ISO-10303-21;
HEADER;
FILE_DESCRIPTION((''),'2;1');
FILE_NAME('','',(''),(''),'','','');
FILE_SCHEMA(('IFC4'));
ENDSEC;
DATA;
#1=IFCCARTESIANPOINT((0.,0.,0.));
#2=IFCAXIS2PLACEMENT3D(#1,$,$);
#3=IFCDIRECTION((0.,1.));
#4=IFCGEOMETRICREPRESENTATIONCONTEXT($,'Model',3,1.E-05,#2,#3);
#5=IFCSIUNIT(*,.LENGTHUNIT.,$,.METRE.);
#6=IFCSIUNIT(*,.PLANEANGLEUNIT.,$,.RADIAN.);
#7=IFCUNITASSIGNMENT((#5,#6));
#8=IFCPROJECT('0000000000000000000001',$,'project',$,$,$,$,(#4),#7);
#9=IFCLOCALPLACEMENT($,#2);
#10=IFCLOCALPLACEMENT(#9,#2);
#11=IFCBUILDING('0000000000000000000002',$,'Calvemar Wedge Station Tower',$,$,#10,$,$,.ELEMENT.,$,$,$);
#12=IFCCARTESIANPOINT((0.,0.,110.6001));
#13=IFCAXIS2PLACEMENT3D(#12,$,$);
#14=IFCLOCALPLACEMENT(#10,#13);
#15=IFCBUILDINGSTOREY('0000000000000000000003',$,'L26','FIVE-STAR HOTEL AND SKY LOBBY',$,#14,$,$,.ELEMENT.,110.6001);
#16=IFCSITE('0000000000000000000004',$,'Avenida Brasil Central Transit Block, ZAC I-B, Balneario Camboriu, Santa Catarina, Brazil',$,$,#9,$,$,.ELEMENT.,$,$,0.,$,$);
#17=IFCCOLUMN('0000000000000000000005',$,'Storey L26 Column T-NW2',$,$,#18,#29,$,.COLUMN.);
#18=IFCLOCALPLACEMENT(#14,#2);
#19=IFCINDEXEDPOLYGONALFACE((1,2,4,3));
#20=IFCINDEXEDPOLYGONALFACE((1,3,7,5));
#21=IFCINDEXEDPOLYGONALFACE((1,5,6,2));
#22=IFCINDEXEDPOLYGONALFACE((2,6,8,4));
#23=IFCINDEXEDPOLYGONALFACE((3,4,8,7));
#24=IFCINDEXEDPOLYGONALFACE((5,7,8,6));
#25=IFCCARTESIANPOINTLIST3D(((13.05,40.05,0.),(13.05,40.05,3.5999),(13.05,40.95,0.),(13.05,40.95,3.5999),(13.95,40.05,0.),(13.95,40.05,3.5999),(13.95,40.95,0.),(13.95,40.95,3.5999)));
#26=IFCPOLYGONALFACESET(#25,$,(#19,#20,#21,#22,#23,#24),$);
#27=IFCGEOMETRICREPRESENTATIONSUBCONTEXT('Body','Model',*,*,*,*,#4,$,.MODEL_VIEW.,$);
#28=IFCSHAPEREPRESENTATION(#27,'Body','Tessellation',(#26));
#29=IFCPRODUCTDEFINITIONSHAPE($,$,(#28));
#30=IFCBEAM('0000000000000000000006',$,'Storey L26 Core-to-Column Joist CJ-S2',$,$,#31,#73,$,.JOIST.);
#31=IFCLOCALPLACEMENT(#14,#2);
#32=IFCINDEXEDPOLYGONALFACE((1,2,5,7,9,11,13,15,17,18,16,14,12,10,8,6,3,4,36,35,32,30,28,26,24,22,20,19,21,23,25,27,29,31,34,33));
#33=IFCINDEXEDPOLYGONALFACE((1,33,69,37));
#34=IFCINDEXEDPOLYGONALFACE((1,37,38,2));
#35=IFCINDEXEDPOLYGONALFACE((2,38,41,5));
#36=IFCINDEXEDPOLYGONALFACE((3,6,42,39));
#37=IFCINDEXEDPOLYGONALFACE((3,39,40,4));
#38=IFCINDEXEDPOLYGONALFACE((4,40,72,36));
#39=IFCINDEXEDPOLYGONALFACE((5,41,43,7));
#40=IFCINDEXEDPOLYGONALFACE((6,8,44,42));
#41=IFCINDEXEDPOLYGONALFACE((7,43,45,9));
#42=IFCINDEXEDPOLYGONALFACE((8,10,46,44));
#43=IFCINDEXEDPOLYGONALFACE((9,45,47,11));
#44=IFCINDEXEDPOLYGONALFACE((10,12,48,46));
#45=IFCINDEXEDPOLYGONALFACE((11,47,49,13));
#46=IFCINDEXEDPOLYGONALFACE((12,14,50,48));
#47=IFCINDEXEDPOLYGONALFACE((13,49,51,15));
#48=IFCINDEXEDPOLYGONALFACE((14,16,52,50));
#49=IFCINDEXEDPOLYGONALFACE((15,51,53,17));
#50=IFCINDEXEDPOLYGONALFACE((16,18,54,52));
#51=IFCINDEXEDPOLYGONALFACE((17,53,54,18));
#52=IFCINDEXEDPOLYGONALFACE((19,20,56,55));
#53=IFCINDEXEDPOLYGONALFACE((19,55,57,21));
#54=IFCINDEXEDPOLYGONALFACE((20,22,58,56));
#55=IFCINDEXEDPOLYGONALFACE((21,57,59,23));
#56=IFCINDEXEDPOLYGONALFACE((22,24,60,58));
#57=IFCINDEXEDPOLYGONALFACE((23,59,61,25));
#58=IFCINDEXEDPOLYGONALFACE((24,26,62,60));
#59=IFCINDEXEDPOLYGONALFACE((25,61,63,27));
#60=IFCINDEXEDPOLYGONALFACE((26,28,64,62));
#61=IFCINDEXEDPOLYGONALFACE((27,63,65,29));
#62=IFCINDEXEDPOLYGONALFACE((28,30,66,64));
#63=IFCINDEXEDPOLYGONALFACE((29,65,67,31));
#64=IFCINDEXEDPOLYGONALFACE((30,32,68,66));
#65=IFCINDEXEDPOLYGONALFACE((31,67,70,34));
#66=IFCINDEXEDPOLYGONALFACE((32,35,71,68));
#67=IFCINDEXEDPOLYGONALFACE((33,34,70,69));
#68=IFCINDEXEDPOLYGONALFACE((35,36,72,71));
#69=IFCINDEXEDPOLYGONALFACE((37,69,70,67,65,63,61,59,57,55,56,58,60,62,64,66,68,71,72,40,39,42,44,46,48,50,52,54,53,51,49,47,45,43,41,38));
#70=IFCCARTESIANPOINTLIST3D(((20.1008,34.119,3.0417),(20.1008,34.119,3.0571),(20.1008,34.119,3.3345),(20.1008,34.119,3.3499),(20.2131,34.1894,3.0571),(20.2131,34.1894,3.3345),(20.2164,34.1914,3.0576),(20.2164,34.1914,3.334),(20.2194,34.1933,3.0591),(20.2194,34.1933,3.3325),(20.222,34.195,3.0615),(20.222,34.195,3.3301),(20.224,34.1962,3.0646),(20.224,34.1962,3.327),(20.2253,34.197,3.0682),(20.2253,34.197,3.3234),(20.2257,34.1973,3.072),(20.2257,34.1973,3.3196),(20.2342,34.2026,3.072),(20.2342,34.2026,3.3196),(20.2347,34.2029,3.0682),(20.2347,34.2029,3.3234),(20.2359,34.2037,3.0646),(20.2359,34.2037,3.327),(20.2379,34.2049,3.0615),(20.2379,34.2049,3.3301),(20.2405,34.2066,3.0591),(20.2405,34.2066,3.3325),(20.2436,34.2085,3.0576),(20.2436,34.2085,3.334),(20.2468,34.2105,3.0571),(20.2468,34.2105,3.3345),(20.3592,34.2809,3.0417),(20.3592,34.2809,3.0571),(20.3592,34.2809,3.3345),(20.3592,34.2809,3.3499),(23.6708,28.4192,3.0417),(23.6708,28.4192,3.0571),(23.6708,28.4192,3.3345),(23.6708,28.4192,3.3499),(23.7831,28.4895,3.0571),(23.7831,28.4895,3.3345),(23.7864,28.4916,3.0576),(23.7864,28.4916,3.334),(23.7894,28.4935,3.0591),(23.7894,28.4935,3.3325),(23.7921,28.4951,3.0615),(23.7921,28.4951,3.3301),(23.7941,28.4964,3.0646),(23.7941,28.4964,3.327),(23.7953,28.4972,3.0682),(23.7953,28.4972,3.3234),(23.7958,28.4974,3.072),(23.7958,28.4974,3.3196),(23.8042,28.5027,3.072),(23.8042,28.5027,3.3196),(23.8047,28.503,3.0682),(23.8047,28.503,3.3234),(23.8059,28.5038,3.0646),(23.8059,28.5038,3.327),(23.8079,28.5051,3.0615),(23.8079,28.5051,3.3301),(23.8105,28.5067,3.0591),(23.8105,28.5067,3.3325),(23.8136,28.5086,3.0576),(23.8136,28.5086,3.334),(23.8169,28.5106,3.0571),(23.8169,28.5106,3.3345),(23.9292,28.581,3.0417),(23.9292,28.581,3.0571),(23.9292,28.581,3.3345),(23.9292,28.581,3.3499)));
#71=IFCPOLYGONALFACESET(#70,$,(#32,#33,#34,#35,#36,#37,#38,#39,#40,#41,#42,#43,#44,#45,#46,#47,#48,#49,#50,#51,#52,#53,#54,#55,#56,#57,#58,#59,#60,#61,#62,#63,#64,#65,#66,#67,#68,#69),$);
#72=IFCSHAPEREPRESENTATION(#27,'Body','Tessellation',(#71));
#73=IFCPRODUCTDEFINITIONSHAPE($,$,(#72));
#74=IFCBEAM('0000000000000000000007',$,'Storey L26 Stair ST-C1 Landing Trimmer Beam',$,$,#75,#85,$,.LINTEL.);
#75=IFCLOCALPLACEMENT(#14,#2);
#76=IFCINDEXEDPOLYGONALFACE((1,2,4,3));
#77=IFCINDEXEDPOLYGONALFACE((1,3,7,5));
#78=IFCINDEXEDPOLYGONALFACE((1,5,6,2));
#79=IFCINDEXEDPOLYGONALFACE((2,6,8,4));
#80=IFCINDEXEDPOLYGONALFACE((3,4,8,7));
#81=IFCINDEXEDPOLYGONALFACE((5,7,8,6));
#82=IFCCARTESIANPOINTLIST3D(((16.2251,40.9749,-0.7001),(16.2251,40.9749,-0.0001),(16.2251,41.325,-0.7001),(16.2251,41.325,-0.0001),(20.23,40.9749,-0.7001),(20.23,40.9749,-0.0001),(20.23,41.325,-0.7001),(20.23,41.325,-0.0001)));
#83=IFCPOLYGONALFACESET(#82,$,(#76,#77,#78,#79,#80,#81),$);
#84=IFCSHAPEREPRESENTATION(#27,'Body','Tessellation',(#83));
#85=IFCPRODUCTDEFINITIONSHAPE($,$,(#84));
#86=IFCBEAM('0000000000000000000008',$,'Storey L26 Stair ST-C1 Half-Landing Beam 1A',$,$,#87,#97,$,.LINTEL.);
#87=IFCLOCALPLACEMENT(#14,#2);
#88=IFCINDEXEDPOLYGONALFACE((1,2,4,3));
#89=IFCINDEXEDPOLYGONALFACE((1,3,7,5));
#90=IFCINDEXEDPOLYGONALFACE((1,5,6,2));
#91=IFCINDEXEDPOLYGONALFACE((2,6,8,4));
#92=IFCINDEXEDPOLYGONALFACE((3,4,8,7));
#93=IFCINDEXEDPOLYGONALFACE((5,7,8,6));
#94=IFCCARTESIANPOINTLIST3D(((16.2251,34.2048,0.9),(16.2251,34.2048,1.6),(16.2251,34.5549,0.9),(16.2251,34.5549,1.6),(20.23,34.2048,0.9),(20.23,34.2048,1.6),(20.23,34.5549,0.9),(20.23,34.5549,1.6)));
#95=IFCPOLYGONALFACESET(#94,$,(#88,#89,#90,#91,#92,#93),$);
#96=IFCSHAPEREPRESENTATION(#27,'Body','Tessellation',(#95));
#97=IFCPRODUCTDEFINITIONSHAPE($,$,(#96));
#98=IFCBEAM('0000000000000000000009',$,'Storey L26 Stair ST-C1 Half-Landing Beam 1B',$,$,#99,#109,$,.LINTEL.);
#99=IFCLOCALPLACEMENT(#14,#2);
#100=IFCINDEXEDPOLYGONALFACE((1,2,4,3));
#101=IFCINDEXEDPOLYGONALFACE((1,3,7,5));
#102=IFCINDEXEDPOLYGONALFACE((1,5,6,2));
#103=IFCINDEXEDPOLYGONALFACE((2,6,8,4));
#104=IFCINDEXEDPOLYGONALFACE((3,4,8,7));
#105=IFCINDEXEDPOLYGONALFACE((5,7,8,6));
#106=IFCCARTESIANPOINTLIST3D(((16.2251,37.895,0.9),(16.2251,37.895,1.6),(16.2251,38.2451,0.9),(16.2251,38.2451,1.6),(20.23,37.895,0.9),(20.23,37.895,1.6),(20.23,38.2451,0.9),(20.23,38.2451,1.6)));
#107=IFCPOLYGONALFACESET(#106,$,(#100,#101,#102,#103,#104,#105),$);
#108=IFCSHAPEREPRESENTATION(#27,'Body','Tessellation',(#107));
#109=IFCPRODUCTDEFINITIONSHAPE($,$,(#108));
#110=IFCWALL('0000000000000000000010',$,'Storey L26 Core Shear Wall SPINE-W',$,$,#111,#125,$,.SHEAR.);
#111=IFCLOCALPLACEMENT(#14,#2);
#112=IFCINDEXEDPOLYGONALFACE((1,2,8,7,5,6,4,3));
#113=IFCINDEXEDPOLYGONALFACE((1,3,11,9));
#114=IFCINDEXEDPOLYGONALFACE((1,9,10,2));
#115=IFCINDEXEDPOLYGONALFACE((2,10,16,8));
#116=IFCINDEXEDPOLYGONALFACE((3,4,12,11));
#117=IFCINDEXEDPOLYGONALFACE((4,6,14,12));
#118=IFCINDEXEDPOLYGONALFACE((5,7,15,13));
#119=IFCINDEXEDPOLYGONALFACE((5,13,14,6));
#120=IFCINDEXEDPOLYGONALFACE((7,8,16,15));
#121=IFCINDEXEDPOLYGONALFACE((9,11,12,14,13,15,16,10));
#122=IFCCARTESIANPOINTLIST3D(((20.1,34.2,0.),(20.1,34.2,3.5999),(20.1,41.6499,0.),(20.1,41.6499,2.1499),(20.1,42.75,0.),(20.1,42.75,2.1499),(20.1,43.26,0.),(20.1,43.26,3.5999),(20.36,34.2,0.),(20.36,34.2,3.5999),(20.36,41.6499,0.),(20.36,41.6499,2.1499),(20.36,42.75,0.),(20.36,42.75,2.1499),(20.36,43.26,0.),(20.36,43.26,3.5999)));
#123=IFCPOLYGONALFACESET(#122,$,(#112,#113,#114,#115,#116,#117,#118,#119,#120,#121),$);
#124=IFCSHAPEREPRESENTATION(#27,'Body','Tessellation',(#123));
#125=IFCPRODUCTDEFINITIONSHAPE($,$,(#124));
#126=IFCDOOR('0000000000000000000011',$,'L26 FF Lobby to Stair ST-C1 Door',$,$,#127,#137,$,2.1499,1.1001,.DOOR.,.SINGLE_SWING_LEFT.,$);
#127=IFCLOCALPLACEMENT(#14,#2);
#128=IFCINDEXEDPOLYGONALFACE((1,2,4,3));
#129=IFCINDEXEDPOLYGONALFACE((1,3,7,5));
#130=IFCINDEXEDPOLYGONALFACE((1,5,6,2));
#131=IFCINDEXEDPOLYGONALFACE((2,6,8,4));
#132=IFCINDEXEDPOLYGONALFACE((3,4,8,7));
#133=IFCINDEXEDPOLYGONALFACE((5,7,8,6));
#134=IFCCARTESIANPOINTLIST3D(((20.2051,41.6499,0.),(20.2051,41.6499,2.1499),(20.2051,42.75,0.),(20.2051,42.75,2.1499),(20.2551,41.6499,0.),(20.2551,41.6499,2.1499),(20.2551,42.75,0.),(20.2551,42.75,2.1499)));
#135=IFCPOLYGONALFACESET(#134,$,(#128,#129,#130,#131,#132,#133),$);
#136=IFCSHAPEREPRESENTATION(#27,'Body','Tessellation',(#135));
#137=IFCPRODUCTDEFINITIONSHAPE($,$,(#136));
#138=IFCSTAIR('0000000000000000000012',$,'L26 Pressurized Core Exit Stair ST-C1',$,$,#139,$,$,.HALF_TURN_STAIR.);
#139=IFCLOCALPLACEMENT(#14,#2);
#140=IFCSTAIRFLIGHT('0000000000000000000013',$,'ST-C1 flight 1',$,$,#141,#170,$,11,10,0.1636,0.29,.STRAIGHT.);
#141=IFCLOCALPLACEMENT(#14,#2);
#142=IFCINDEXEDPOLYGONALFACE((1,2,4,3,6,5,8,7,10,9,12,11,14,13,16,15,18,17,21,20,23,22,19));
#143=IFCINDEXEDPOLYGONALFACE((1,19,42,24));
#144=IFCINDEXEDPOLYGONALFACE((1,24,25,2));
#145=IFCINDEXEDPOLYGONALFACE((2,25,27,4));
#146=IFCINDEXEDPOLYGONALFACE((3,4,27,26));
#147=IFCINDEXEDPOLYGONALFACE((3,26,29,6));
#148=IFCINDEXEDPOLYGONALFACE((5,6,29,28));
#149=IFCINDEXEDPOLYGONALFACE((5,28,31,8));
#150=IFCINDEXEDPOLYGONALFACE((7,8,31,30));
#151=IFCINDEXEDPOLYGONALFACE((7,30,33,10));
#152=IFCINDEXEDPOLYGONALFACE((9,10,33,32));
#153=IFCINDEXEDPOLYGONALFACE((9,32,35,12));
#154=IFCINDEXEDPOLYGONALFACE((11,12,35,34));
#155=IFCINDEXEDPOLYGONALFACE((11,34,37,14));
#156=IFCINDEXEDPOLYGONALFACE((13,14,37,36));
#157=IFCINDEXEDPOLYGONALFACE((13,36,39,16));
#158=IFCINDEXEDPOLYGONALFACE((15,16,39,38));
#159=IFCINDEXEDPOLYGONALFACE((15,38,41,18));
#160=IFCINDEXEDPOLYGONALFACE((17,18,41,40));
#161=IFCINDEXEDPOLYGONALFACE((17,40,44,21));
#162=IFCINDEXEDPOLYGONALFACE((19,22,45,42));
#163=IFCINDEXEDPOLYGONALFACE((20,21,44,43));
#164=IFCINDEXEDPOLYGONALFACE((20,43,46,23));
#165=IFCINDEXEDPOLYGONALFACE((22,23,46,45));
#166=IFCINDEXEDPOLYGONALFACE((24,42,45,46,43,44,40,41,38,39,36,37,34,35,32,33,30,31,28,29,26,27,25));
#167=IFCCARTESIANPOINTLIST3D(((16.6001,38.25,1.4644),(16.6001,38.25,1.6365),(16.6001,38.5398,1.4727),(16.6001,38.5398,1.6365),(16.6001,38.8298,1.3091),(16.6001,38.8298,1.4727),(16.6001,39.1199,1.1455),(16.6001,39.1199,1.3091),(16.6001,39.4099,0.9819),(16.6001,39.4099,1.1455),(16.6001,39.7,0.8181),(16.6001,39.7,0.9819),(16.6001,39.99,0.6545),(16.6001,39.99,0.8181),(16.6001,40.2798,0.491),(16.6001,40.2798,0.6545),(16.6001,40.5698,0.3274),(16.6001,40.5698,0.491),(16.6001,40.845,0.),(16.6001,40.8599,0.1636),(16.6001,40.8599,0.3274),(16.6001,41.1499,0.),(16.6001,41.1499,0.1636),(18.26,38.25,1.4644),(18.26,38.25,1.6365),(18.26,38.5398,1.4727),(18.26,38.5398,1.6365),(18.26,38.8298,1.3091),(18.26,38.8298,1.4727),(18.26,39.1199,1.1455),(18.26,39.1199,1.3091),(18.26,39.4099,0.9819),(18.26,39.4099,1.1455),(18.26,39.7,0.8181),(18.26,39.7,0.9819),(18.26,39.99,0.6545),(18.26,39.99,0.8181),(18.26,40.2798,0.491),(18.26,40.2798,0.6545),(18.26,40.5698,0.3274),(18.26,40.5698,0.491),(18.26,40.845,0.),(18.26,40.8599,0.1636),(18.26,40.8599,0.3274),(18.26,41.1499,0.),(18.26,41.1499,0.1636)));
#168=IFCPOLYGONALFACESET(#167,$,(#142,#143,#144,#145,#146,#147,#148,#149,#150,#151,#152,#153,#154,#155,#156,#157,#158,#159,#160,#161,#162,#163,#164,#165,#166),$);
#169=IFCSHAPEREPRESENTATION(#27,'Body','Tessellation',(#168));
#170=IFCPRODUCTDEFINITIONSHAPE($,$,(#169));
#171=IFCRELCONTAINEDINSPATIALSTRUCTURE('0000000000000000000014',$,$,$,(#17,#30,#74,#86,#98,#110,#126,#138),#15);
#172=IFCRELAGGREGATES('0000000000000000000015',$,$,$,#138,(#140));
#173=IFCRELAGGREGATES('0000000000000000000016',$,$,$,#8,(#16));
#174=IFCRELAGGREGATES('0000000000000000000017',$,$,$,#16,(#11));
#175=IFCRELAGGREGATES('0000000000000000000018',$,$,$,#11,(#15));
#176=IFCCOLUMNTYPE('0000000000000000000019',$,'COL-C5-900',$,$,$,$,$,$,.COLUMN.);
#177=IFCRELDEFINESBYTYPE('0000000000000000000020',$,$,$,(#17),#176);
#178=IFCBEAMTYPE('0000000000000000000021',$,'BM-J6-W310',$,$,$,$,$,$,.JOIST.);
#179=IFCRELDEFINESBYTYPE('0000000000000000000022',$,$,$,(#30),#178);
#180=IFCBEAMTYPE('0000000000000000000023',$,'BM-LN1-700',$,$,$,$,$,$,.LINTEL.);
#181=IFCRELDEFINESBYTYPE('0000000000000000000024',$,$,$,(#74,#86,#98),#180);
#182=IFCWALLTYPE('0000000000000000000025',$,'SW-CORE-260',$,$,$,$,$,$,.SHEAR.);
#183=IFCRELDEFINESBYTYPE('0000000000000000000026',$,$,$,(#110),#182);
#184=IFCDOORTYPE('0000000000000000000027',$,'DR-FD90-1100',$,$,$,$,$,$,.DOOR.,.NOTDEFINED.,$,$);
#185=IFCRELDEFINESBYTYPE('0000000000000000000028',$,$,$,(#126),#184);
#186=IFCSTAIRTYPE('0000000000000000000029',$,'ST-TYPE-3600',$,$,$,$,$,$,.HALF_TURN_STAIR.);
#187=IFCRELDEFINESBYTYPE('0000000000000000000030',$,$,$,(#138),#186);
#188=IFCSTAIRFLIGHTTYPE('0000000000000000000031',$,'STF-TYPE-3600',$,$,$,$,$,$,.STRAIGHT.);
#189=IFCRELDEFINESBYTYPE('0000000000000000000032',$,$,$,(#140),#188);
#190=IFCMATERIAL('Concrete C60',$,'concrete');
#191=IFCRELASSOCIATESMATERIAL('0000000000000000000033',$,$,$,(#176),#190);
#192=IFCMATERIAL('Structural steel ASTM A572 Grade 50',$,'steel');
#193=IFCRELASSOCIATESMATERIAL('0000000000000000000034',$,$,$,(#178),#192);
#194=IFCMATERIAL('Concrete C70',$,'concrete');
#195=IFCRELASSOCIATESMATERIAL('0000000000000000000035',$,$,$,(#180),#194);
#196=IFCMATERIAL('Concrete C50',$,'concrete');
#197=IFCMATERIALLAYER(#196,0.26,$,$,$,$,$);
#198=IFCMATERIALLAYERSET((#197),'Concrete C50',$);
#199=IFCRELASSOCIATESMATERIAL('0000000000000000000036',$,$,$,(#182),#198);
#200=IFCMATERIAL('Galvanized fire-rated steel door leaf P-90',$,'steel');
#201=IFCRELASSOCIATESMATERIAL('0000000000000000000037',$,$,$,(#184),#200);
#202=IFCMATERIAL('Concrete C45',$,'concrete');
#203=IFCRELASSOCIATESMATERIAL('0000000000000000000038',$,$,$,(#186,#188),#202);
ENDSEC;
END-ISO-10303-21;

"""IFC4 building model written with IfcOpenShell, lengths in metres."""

from ifc_helpers import new_model, si_unit, direction, frame, frame_2d, origin, origin_2d, place, context, subcontext, project, spatial, polyline, rectangle, i_section, outline, extrude, source, transform, mapped, material, layer, layer_set, material_profile, profile_set, type_object, element, fill, aggregate, save


model = new_model("IFC4")

# Units and contexts
model_context = context("Model", 3, precision=1e-05, world=origin(), true_north=direction((0.0, 1.0)))
body_context = subcontext(model_context, "Body", "Model", "MODEL_VIEW")
ifc_project = project(units=[si_unit("LENGTHUNIT", "METRE"), si_unit("PLANEANGLEUNIT", "RADIAN")], contexts=[model_context])

# Site, building, storey
site_placement = place(None, origin())
site = spatial("IfcSite", under=ifc_project, at=site_placement, Name="Avenida Brasil Central Transit Block, ZAC I-B, Balneario Camboriu, Santa Catarina, Brazil", CompositionType="ELEMENT", RefElevation=0.0)
building_placement = place(site_placement, origin())
building = spatial("IfcBuilding", under=site, at=building_placement, Name="Calvemar Wedge Station Tower", CompositionType="ELEMENT")
storey_placement = place(building_placement, frame((0.0, 0.0, 110.6001)))
storey = spatial("IfcBuildingStorey", under=building, at=storey_placement, Name="L26", Description="FIVE-STAR HOTEL AND SKY LOBBY", CompositionType="ELEMENT", Elevation=110.6001)

# Column
ifc_material_1 = material(Name="Concrete C60", Category="concrete")
ifc_material_profile_1 = material_profile(ifc_material_1, rectangle(XDim=0.8999, YDim=0.8999, at=origin_2d()), Name="RC900x900")
ifc_profile_set_1 = profile_set([ifc_material_profile_1], Name="Concrete C60")
column_type = type_object("IfcColumnType", Name="COL-C5-900", PredefinedType="COLUMN", material=ifc_profile_set_1)
shared_shape_1 = source(origin(), body_context, "Body", "SweptSolid", [
    extrude(rectangle(XDim=0.8999, YDim=0.8999, at=origin_2d()), origin(), (0.0, 0.0, 1.0), 3.5999),
])
column_placement = place(storey_placement, frame((13.5, 40.5, 0.0), z_axis=(0.0, 0.0, 1.0), x_axis=(1.0, 0.0, 0.0)))
element("IfcColumn", 1, at=column_placement, inside=storey, type_object=column_type, Name="Storey L26 Column T-NW2", PredefinedType="COLUMN", context=body_context, shape_type="MappedRepresentation", body=[
    mapped(shared_shape_1, transform((0.0, 0.0, 0.0), scale=1.0)),
])

# Beams
ifc_material_2 = material(Name="Structural steel ASTM A572 Grade 50", Category="steel")
ifc_material_profile_2 = material_profile(ifc_material_2, i_section(OverallWidth=0.3049, OverallDepth=0.3081, WebThickness=0.01, FlangeThickness=0.0154, FilletRadius=0.0149, at=origin_2d()), Name="W310x97")
ifc_profile_set_2 = profile_set([ifc_material_profile_2], Name="Structural steel ASTM A572 Grade 50")
beam_type_1 = type_object("IfcBeamType", Name="BM-J6-W310", PredefinedType="JOIST", material=ifc_profile_set_2)
shared_shape_2 = source(origin(), body_context, "Body", "SweptSolid", [
    extrude(i_section(OverallWidth=0.3049, OverallDepth=0.3081, WebThickness=0.01, FlangeThickness=0.0154, FilletRadius=0.0149, at=origin_2d()), origin(), (0.0, 0.0, 1.0), 6.7256),
])
beam_placement = place(storey_placement, frame((20.23, 34.2, 3.1958), z_axis=(0.530811, -0.84749, 0.0), x_axis=(0.84749, 0.530811, 0.0)))
element("IfcBeam", 2, at=beam_placement, inside=storey, type_object=beam_type_1, Name="Storey L26 Core-to-Column Joist CJ-S2", PredefinedType="JOIST", context=body_context, shape_type="MappedRepresentation", body=[
    mapped(shared_shape_2, transform((0.0, 0.0, 0.0), scale=1.0)),
])
ifc_material_3 = material(Name="Concrete C70", Category="concrete")
ifc_material_profile_3 = material_profile(ifc_material_3, rectangle(XDim=0.3501, YDim=0.7, at=origin_2d()), Name="RC350x700")
ifc_profile_set_3 = profile_set([ifc_material_profile_3], Name="Concrete C70")
beam_type_2 = type_object("IfcBeamType", Name="BM-LN1-700", PredefinedType="LINTEL", material=ifc_profile_set_3)
shared_shape_3 = source(origin(), body_context, "Body", "SweptSolid", [
    extrude(rectangle(XDim=0.3501, YDim=0.7, at=origin_2d()), origin(), (0.0, 0.0, 1.0), 4.0049),
])
for number, where, z_axis, x_axis, name in (
    (3, (16.2251, 41.1499, -0.3501), (1.0, 0.0, 0.0), (0.0, 1.0, 0.0), "Storey L26 Stair ST-C1 Landing Trimmer Beam"),
    (4, (16.2251, 34.3799, 1.25), (1.0, 0.0, 0.0), (0.0, 1.0, 0.0), "Storey L26 Stair ST-C1 Half-Landing Beam 1A"),
    (5, (16.2251, 38.0701, 1.25), (1.0, 0.0, 0.0), (0.0, 1.0, 0.0), "Storey L26 Stair ST-C1 Half-Landing Beam 1B"),
):
    element("IfcBeam", number, at=place(storey_placement, frame(where, z_axis=z_axis, x_axis=x_axis)), inside=storey, type_object=beam_type_2, Name=name, PredefinedType="LINTEL", context=body_context, shape_type="MappedRepresentation", body=[
        mapped(shared_shape_3, transform((0.0, 0.0, 0.0), scale=1.0)),
    ])

# Wall, opening, door
ifc_material_4 = material(Name="Concrete C50", Category="concrete")
ifc_layer_1 = layer(ifc_material_4, 0.26)
ifc_layer_set_1 = layer_set([ifc_layer_1], Name="Concrete C50")
wall_type_1 = type_object("IfcWallType", Name="SW-CORE-260", PredefinedType="SHEAR", material=ifc_layer_set_1)
wall_1_placement = place(storey_placement, frame((20.23, 34.2, 0.0), z_axis=(0.0, 0.0, 1.0), x_axis=(0.0, 1.0, 0.0)))
wall_1 = element("IfcWall", 6, at=wall_1_placement, inside=storey, type_object=wall_type_1, Name="Storey L26 Core Shear Wall SPINE-W", PredefinedType="SHEAR", context=body_context, shape_type="SweptSolid", body=[
    extrude(rectangle(XDim=9.0601, YDim=0.26, at=frame_2d((4.53, 0.0))), origin(), (0.0, 0.0, 1.0), 3.5999),
])
shared_shape_4 = source(origin(), body_context, "Body", "SweptSolid", [
    extrude(rectangle(XDim=1.1001, YDim=2.1499, at=frame_2d((0.55, 1.075))), frame((0.0, 0.1401, 0.0), z_axis=(0.0, -1.0, 0.0), x_axis=(1.0, 0.0, 0.0)), (0.0, 0.0, 1.0), 0.28),
])
opening_1_placement = place(wall_1_placement, frame((7.45, 0.0, 0.0)))
opening_1 = element("IfcOpeningElement", 7, at=opening_1_placement, cuts=wall_1, PredefinedType="OPENING", context=body_context, shape_type="MappedRepresentation", body=[
    mapped(shared_shape_4, transform((0.0, 0.0, 0.0), scale=1.0)),
])
ifc_material_5 = material(Name="Galvanized fire-rated steel door leaf P-90", Category="steel")
door_type_1 = type_object("IfcDoorType", Name="DR-FD90-1100", OperationType="NOTDEFINED", PredefinedType="DOOR", material=ifc_material_5)
shared_shape_5 = source(origin(), body_context, "Body", "SweptSolid", [
    extrude(rectangle(XDim=1.1001, YDim=2.1499, at=frame_2d((0.55, 1.075))), frame((0.0, 0.0249, 0.0), z_axis=(0.0, -1.0, 0.0), x_axis=(1.0, 0.0, 0.0)), (0.0, 0.0, 1.0), 0.05),
])
door_1_placement = place(opening_1_placement, origin())
door_1 = element("IfcDoor", 8, at=door_1_placement, inside=storey, type_object=door_type_1, Name="L26 FF Lobby to Stair ST-C1 Door", OperationType="SINGLE_SWING_LEFT", OverallHeight=2.1499, OverallWidth=1.1001, PredefinedType="DOOR", context=body_context, shape_type="MappedRepresentation", body=[
    mapped(shared_shape_5, transform((0.0, 0.0, 0.0), scale=1.0)),
])
fill(opening_1, door_1)

# Stair, stair flight
ifc_material_6 = material(Name="Concrete C45", Category="concrete")
stair_type = type_object("IfcStairType", Name="ST-TYPE-3600", PredefinedType="HALF_TURN_STAIR", material=ifc_material_6)
stair_placement = place(storey_placement, origin())
stair = element("IfcStair", 9, at=stair_placement, inside=storey, type_object=stair_type, Name="L26 Pressurized Core Exit Stair ST-C1", PredefinedType="HALF_TURN_STAIR")
stair_flight_type = type_object("IfcStairFlightType", Name="STF-TYPE-3600", PredefinedType="STRAIGHT", material=ifc_material_6)
stair_flight_1_placement = place(storey_placement, frame((17.4299, 41.1499, 0.0), z_axis=(0.0, 0.0, 1.0), x_axis=(0.0, -1.0, 0.0)))
stair_flight_1 = element("IfcStairFlight", 10, at=stair_flight_1_placement, type_object=stair_flight_type, Name="ST-C1 flight 1", NumberOfRisers=11, NumberOfTreads=10, PredefinedType="STRAIGHT", RiserHeight=0.1636, TreadLength=0.29, context=body_context, shape_type="SweptSolid", body=[
    extrude(outline(polyline([(0.0, 0.0), (0.0, 0.1636), (0.29, 0.1636), (0.29, 0.3274), (0.5801, 0.3274), (0.5801, 0.491), (0.8701, 0.491), (0.8701, 0.6545), (1.1599, 0.6545), (1.1599, 0.8181), (1.45, 0.8181), (1.45, 0.9819), (1.74, 0.9819), (1.74, 1.1455), (2.03, 1.1455), (2.03, 1.3091), (2.3201, 1.3091), (2.3201, 1.4727), (2.6101, 1.4727), (2.6101, 1.6365), (2.8999, 1.6365), (2.8999, 1.8), (2.8999, 1.4644), (0.3049, 0.0), (0.0, 0.0)])), frame((0.0, 0.8301, 0.0), z_axis=(0.0, -1.0, 0.0), x_axis=(1.0, 0.0, 0.0)), (0.0, 0.0, 1.0), 1.6599),
])
aggregate(stair, [stair_flight_1])

save(model, "model.ifc")
